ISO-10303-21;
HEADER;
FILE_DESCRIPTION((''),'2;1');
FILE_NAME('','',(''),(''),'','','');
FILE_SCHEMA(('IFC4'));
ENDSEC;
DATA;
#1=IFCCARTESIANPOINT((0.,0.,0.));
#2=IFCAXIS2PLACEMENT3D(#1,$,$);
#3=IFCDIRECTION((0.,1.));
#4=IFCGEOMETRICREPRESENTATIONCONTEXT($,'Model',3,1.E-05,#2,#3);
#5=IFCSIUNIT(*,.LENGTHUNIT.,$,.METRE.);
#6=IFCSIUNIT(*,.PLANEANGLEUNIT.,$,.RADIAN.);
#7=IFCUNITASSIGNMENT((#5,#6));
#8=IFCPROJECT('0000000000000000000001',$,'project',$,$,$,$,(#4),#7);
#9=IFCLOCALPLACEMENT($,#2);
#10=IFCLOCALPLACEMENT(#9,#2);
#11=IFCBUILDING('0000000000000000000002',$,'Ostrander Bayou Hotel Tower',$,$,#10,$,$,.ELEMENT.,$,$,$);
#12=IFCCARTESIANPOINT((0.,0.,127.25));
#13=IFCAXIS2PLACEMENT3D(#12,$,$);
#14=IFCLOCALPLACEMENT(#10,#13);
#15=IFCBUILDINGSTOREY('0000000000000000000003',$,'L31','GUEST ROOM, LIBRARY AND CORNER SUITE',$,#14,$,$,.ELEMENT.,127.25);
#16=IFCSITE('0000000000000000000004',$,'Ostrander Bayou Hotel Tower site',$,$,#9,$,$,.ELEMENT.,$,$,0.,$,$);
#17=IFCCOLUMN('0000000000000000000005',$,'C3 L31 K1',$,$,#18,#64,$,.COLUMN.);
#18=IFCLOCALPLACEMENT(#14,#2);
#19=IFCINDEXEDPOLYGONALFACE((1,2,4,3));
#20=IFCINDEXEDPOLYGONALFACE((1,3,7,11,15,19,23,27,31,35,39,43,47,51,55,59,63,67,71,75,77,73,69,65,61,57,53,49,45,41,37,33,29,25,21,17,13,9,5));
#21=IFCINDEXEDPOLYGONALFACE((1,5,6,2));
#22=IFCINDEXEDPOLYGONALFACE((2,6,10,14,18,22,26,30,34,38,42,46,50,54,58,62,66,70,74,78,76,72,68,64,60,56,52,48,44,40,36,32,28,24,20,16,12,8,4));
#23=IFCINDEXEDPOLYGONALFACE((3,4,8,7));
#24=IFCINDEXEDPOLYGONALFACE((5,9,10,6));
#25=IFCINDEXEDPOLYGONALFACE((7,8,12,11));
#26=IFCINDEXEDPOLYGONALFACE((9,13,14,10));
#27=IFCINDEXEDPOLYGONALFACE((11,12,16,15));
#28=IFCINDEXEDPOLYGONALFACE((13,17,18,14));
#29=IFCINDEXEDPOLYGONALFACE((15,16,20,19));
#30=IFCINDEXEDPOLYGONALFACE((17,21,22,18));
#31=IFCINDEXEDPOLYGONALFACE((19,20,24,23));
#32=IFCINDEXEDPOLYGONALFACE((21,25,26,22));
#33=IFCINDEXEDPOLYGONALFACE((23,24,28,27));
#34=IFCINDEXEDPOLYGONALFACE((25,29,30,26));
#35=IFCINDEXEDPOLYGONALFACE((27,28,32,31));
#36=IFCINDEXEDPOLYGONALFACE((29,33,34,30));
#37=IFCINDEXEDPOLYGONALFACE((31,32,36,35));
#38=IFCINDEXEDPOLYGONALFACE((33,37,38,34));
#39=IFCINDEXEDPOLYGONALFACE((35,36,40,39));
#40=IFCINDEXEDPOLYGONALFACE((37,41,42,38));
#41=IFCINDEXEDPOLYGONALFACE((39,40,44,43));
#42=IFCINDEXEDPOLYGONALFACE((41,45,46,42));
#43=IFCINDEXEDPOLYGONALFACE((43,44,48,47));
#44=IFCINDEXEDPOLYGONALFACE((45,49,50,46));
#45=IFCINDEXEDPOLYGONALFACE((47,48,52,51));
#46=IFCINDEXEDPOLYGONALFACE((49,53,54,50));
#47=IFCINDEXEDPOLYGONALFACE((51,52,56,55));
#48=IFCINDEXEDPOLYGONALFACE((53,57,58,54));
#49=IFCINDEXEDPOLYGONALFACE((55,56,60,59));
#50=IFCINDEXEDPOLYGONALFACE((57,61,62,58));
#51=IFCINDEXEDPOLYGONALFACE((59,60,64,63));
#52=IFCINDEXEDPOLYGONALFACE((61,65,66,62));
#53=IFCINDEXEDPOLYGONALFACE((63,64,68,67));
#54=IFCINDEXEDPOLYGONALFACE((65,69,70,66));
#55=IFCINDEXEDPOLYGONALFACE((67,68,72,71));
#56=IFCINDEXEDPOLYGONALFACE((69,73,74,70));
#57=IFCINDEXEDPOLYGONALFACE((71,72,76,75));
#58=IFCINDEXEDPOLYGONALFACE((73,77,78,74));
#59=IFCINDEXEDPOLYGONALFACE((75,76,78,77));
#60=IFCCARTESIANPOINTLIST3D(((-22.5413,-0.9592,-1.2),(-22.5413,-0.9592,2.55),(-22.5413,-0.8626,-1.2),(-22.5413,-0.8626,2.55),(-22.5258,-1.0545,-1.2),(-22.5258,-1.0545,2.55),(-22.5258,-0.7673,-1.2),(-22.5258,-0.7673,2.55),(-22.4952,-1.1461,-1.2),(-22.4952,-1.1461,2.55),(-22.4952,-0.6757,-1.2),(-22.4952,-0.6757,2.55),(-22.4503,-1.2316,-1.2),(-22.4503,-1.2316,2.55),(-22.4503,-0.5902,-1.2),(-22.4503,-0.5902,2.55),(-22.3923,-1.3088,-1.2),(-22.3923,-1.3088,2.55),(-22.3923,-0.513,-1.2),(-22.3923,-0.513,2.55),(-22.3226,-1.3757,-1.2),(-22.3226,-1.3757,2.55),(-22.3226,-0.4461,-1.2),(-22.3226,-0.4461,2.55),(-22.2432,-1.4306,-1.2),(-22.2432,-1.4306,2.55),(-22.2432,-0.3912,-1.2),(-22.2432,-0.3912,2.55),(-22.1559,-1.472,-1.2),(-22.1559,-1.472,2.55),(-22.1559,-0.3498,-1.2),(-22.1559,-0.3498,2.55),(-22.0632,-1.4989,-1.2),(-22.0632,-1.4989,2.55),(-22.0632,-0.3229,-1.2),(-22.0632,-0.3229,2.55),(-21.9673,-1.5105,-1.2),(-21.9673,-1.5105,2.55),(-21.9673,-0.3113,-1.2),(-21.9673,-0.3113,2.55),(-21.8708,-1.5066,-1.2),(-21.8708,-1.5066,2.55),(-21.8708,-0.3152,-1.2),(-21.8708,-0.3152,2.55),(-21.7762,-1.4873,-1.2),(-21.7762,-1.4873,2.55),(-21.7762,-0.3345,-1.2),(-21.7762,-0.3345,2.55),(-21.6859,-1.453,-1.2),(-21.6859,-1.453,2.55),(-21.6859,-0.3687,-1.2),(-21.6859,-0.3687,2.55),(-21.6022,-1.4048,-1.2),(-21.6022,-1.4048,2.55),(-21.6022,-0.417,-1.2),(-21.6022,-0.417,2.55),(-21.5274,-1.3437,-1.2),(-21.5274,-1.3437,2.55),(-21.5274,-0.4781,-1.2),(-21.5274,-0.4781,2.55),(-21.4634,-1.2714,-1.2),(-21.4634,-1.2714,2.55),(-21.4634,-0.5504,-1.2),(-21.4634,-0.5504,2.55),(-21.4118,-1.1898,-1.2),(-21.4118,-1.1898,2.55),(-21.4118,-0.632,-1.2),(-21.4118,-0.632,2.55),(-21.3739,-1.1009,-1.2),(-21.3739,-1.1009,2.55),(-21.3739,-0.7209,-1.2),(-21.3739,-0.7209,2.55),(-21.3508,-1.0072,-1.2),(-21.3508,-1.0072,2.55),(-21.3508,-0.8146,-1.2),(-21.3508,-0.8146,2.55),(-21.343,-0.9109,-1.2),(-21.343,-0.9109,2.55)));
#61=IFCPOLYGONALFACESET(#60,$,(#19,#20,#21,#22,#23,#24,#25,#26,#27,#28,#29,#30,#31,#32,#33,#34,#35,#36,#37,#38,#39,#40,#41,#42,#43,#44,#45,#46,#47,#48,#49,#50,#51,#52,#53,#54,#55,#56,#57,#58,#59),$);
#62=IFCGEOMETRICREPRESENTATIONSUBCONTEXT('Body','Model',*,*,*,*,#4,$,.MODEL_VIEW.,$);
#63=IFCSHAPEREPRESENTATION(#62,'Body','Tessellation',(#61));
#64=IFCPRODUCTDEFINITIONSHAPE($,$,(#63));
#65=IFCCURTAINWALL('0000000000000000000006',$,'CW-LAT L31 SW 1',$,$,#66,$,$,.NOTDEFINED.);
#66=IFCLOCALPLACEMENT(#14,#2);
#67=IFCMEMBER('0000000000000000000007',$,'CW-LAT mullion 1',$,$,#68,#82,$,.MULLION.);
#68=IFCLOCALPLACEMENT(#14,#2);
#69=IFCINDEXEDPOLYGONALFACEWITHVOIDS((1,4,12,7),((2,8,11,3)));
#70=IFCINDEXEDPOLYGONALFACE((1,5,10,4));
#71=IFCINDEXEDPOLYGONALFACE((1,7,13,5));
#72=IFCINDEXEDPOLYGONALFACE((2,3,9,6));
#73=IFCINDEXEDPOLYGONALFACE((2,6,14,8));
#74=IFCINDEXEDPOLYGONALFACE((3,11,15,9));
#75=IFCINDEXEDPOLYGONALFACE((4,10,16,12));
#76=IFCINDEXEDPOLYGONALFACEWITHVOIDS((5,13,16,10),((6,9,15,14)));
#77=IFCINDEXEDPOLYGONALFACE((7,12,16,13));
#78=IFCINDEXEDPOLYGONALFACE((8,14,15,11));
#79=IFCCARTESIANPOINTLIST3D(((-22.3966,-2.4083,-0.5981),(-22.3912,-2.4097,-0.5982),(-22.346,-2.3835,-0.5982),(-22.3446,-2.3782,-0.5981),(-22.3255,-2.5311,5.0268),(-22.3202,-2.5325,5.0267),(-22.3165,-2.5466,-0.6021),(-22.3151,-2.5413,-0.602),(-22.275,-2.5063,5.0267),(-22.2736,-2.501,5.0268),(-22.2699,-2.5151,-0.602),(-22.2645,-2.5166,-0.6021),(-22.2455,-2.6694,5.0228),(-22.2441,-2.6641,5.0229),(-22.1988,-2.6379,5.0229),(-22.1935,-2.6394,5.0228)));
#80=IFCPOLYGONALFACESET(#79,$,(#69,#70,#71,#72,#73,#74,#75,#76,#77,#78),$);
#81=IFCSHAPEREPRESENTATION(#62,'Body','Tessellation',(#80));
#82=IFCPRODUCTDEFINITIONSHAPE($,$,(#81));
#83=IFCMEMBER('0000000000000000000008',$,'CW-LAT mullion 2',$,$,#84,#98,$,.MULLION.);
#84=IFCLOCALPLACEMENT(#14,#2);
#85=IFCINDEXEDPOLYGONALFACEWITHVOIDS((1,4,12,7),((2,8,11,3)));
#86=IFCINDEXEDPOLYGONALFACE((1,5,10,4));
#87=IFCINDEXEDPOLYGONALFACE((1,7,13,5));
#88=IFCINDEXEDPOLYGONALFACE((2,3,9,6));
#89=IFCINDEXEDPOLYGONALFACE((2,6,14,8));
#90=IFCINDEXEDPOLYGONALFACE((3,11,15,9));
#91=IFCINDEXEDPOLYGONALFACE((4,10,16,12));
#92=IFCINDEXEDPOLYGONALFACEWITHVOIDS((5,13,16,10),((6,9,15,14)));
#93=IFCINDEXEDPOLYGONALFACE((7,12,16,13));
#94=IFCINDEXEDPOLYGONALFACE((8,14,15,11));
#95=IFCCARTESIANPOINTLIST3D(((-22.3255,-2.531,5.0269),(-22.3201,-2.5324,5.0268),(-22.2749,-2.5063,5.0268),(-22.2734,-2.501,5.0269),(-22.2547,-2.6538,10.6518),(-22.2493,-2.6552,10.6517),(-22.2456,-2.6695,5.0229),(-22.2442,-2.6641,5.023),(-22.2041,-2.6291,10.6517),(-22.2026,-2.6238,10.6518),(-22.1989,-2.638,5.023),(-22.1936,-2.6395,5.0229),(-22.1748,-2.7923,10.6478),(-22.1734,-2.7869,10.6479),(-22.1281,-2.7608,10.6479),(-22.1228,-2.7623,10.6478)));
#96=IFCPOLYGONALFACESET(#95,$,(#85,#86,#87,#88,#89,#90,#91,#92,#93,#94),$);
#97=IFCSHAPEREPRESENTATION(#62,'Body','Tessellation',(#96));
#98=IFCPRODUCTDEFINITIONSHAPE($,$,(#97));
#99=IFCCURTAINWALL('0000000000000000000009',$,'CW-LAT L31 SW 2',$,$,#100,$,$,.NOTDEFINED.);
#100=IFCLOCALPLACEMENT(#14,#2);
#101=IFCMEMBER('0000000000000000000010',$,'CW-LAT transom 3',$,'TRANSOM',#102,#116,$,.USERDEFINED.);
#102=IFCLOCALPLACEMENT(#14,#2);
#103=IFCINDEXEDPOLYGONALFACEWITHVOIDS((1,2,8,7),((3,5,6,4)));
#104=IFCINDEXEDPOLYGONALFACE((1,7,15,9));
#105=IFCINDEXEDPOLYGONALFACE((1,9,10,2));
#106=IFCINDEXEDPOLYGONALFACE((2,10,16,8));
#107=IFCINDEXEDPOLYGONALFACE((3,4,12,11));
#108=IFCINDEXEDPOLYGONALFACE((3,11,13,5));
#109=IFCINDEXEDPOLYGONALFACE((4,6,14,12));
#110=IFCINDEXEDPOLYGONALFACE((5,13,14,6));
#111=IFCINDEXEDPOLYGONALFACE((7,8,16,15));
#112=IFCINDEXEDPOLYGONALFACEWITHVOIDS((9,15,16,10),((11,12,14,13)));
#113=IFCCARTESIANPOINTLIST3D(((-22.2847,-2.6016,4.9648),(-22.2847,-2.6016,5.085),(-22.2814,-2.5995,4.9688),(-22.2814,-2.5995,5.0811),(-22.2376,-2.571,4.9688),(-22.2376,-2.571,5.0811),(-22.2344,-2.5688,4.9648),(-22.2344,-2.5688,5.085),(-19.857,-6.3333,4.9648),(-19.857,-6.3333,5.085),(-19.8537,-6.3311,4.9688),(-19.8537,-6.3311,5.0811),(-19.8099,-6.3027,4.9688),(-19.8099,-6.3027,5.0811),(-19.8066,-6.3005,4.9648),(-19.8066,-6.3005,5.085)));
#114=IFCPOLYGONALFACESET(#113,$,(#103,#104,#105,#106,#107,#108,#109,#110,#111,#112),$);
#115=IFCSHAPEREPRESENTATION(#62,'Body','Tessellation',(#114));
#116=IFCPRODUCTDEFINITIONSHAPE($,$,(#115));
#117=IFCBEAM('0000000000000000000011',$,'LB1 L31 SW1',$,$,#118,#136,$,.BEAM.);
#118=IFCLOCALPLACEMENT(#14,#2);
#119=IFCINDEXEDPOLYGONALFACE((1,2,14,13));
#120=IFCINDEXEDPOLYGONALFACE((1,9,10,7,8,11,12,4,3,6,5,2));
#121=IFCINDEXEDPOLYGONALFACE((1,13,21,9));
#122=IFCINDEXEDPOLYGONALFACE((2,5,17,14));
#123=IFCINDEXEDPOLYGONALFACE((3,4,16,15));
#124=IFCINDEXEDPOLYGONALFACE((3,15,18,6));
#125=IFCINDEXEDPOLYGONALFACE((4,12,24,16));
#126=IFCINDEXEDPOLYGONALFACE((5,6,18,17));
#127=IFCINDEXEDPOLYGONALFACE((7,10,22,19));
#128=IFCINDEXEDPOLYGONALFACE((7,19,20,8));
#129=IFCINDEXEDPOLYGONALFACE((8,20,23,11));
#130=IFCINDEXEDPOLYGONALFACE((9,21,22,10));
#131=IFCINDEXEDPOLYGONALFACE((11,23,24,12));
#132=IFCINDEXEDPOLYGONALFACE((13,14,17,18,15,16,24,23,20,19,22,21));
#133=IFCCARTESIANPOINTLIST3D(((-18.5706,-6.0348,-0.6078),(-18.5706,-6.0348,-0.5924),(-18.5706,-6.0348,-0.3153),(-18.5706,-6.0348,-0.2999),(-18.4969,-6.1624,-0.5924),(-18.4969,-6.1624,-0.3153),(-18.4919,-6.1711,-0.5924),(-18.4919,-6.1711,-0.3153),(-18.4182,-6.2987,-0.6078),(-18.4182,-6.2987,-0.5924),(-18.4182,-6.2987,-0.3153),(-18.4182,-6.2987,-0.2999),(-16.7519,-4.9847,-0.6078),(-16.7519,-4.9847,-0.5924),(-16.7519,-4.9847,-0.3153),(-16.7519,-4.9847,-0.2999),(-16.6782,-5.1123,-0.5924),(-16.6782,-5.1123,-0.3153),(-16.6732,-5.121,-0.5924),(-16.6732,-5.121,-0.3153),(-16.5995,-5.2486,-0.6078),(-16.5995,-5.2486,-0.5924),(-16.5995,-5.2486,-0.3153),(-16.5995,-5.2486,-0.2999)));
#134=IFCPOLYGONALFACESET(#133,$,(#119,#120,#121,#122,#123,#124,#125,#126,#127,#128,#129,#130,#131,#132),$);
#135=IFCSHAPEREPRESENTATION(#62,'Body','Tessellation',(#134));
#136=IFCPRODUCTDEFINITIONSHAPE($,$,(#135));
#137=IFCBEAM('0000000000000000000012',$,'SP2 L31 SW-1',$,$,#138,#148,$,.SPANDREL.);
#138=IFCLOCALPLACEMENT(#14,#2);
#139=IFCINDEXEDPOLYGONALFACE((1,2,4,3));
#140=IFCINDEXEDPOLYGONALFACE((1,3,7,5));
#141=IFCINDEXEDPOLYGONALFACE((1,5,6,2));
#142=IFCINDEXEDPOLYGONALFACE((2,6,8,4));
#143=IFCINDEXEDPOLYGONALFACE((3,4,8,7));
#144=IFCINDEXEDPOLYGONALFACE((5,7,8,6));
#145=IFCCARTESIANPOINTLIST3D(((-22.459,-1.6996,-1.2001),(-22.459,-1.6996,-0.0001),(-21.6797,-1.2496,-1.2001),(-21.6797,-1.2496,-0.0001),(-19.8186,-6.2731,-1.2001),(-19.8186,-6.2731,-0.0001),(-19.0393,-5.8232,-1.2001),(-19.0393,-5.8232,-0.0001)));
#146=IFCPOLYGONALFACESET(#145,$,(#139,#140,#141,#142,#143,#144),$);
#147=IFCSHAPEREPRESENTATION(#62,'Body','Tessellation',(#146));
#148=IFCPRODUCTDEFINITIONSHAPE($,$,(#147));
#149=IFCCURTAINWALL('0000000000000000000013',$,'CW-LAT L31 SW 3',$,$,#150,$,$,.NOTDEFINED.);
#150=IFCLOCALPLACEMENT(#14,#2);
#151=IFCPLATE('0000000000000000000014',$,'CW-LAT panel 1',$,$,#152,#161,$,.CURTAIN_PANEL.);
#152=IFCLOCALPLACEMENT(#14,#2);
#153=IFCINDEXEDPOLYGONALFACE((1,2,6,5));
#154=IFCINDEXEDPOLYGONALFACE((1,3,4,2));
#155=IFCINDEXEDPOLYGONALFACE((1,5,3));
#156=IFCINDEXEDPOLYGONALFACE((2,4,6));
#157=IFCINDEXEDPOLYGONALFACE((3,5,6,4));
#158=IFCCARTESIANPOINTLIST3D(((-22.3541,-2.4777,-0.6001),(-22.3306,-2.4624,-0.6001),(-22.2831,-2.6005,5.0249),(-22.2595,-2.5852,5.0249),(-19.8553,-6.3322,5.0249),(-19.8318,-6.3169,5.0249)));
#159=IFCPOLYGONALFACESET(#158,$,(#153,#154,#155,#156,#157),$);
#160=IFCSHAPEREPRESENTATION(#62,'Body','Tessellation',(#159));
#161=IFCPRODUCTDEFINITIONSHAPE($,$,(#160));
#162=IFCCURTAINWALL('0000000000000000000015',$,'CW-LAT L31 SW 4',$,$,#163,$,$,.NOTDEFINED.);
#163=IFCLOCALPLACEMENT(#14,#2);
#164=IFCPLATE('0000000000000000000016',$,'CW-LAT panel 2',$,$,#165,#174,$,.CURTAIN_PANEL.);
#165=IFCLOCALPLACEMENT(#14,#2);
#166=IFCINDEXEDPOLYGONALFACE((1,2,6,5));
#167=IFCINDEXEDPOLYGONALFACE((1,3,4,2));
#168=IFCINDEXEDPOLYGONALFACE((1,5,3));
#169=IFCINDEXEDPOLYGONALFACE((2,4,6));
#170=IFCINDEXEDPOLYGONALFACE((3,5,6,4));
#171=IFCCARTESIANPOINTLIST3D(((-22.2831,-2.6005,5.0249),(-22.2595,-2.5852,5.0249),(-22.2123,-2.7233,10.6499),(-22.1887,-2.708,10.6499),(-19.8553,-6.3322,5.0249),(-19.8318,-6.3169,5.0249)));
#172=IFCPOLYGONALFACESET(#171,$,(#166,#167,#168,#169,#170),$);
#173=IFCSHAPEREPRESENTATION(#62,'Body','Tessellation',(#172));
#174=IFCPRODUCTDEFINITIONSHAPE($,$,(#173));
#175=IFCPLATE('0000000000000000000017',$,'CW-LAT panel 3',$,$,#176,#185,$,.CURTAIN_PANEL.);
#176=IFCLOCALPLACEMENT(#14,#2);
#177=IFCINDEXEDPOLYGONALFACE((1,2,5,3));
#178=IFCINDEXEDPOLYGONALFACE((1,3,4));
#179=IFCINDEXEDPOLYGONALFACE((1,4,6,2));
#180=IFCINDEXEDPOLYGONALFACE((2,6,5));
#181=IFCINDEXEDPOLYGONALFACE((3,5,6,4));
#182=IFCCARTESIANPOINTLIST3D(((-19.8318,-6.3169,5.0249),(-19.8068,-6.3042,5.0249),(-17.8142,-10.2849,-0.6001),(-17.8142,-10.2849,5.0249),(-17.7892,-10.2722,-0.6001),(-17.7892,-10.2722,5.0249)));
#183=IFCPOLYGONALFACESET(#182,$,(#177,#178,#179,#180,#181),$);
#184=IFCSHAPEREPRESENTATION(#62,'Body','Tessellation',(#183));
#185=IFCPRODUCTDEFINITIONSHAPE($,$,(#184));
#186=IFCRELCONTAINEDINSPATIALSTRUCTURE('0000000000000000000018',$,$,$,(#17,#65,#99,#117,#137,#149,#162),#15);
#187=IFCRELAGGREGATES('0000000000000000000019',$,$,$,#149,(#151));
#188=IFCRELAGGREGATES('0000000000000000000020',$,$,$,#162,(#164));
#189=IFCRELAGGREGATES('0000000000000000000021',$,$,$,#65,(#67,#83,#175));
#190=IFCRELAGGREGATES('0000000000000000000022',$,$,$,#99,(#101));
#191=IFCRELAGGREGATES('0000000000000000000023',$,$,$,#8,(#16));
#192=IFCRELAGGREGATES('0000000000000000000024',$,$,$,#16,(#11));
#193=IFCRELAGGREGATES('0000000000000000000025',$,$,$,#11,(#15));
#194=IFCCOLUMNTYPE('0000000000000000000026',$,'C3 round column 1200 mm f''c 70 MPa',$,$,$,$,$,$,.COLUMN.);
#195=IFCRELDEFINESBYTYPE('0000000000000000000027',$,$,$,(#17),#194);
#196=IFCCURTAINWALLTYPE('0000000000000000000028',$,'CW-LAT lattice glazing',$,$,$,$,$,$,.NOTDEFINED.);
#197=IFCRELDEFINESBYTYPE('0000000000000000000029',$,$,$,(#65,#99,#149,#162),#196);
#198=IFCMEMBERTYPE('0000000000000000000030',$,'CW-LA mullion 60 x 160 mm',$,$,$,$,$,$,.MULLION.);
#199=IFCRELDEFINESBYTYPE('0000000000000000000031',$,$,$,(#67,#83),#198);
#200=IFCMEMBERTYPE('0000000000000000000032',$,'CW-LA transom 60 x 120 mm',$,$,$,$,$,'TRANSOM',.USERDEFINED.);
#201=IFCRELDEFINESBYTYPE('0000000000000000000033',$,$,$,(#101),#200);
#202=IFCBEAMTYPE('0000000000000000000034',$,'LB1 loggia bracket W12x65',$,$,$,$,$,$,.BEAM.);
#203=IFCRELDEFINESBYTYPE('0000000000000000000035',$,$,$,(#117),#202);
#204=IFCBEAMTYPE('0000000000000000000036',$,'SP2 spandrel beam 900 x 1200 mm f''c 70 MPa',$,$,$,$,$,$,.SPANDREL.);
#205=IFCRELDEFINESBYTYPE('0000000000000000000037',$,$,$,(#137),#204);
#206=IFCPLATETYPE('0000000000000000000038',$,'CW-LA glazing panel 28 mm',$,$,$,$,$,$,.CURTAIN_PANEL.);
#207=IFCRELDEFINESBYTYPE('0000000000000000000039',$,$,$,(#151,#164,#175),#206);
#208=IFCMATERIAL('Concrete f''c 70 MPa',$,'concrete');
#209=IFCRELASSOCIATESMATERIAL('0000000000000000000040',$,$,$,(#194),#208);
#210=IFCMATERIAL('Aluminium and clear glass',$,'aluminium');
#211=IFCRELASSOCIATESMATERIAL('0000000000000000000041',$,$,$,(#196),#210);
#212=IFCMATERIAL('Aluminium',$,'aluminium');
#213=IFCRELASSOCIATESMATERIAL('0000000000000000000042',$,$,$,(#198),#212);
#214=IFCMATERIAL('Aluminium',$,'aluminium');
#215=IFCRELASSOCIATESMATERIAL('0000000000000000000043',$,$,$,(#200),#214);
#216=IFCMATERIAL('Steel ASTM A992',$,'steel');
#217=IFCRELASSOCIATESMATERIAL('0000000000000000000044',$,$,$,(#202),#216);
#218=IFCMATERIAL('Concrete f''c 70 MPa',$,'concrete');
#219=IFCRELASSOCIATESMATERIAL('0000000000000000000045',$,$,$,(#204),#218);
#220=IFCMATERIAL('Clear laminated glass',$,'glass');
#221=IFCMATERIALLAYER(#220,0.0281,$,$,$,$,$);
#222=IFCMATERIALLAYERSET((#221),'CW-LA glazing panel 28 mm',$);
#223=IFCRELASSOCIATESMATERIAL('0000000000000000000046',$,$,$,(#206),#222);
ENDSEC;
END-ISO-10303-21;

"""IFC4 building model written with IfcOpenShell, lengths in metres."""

from ifc_helpers import new_model, si_unit, direction, frame, origin, origin_2d, place, context, subcontext, project, spatial, polyline, rectangle, hollow_rectangle, circle, i_section, outline, extrude, material, layer, layer_set, material_profile, profile_set, type_object, element, aggregate, save


model = new_model("IFC4")

# Units and contexts
model_context = context("Model", 3, precision=1e-05, world=origin(), true_north=direction((0.0, 1.0)))
body_context = subcontext(model_context, "Body", "Model", "MODEL_VIEW")
ifc_project = project(units=[si_unit("LENGTHUNIT", "METRE"), si_unit("PLANEANGLEUNIT", "RADIAN")], contexts=[model_context])

# Site, building, storey
site_placement = place(None, origin())
site = spatial("IfcSite", under=ifc_project, at=site_placement, Name="Ostrander Bayou Hotel Tower site", CompositionType="ELEMENT", RefElevation=0.0)
building_placement = place(site_placement, origin())
building = spatial("IfcBuilding", under=site, at=building_placement, Name="Ostrander Bayou Hotel Tower", CompositionType="ELEMENT")
storey_placement = place(building_placement, frame((0.0, 0.0, 127.25)))
storey = spatial("IfcBuildingStorey", under=building, at=storey_placement, Name="L31", Description="GUEST ROOM, LIBRARY AND CORNER SUITE", CompositionType="ELEMENT", Elevation=127.25)

# Column
ifc_material_1 = material(Name="Concrete f'c 70 MPa", Category="concrete")
ifc_material_profile_1 = material_profile(ifc_material_1, circle(Radius=0.6001, at=origin_2d()))
ifc_profile_set_1 = profile_set([ifc_material_profile_1], Name="Concrete f'c 70 MPa")
column_type = type_object("IfcColumnType", Name="C3 round column 1200 mm f'c 70 MPa", PredefinedType="COLUMN", material=ifc_profile_set_1)
column_placement = place(storey_placement, frame((-21.9431, -0.9109, -1.2), z_axis=(0.0, 0.0, 1.0), x_axis=(1.0, 0.0, 0.0)))
element("IfcColumn", 1, at=column_placement, inside=storey, type_object=column_type, Name="C3 L31 K1", PredefinedType="COLUMN", context=body_context, shape_type="SweptSolid", body=[
    extrude(circle(Radius=0.6001, at=origin_2d()), origin(), (0.0, 0.0, 1.0), 3.75),
])

# Curtain wall, members
ifc_material_2 = material(Name="Aluminium and clear glass", Category="aluminium")
curtain_wall_type = type_object("IfcCurtainWallType", Name="CW-LAT lattice glazing", PredefinedType="NOTDEFINED", material=ifc_material_2)
curtain_wall_1_placement = place(storey_placement, origin())
curtain_wall_1 = element("IfcCurtainWall", 2, at=curtain_wall_1_placement, inside=storey, type_object=curtain_wall_type, Name="CW-LAT L31 SW 1", PredefinedType="NOTDEFINED")
ifc_material_3 = material(Name="Aluminium", Category="aluminium")
ifc_material_profile_2 = material_profile(ifc_material_3, hollow_rectangle(XDim=0.0601, YDim=0.1599, WallThickness=0.0039, at=origin_2d()))
ifc_profile_set_2 = profile_set([ifc_material_profile_2], Name="Aluminium")
member_type_1 = type_object("IfcMemberType", Name="CW-LA mullion 60 x 160 mm", PredefinedType="MULLION", material=ifc_profile_set_2)
member_1_placement = place(storey_placement, frame((-22.3306, -2.4624, -0.6001), z_axis=(0.012626, -0.021825, 0.999682), x_axis=(0.865583, 0.500765, 0.0)))
member_1 = element("IfcMember", 3, at=member_1_placement, type_object=member_type_1, Name="CW-LAT mullion 1", PredefinedType="MULLION", context=body_context, shape_type="SweptSolid", body=[
    extrude(hollow_rectangle(XDim=0.0601, YDim=0.1599, WallThickness=0.0039, at=origin_2d()), origin(), (0.0, 0.0, 1.0), 5.6267),
])
member_2_placement = place(storey_placement, frame((-22.2595, -2.5852, 5.0249), z_axis=(0.012583, -0.021825, 0.999683), x_axis=(0.866329, 0.499474, 0.0)))
member_2 = element("IfcMember", 4, at=member_2_placement, type_object=member_type_1, Name="CW-LAT mullion 2", PredefinedType="MULLION", context=body_context, shape_type="SweptSolid", body=[
    extrude(hollow_rectangle(XDim=0.0601, YDim=0.1599, WallThickness=0.0039, at=origin_2d()), origin(), (0.0, 0.0, 1.0), 5.6267),
])

# Curtain wall, member
curtain_wall_2_placement = place(storey_placement, origin())
curtain_wall_2 = element("IfcCurtainWall", 5, at=curtain_wall_2_placement, inside=storey, type_object=curtain_wall_type, Name="CW-LAT L31 SW 2", PredefinedType="NOTDEFINED")
ifc_material_4 = material(Name="Aluminium", Category="aluminium")
ifc_material_profile_3 = material_profile(ifc_material_4, hollow_rectangle(XDim=0.0601, YDim=0.1201, WallThickness=0.0039, at=origin_2d()))
ifc_profile_set_3 = profile_set([ifc_material_profile_3], Name="Aluminium")
member_type_2 = type_object("IfcMemberType", Name="CW-LA transom 60 x 120 mm", ElementType="TRANSOM", PredefinedType="USERDEFINED", material=ifc_profile_set_3)
member_3_placement = place(storey_placement, frame((-22.2595, -2.5852, 5.0249), z_axis=(0.545326, -0.838224, 0.0), x_axis=(0.838224, 0.545326, 0.0)))
member_3 = element("IfcMember", 6, at=member_3_placement, type_object=member_type_2, Name="CW-LAT transom 3", ObjectType="TRANSOM", PredefinedType="USERDEFINED", context=body_context, shape_type="SweptSolid", body=[
    extrude(hollow_rectangle(XDim=0.0601, YDim=0.1201, WallThickness=0.0039, at=origin_2d()), origin(), (0.0, 0.0, 1.0), 4.4519),
])

# Beams
ifc_material_5 = material(Name="Steel ASTM A992", Category="steel")
ifc_material_profile_4 = material_profile(ifc_material_5, i_section(OverallWidth=0.3047, OverallDepth=0.3079, WebThickness=0.01, FlangeThickness=0.0154, at=origin_2d()))
ifc_profile_set_4 = profile_set([ifc_material_profile_4], Name="Steel ASTM A992")
beam_type_1 = type_object("IfcBeamType", Name="LB1 loggia bracket W12x65", PredefinedType="BEAM", material=ifc_profile_set_4)
beam_1_placement = place(storey_placement, frame((-18.4944, -6.1667, -0.4539), z_axis=(0.866009, 0.500028, 0.0), x_axis=(-0.500028, 0.866009, 0.0)))
element("IfcBeam", 7, at=beam_1_placement, inside=storey, type_object=beam_type_1, Name="LB1 L31 SW1", PredefinedType="BEAM", context=body_context, shape_type="SweptSolid", body=[
    extrude(i_section(OverallWidth=0.3047, OverallDepth=0.3079, WebThickness=0.01, FlangeThickness=0.0154, at=origin_2d()), origin(), (0.0, 0.0, 1.0), 2.1001),
])
ifc_material_6 = material(Name="Concrete f'c 70 MPa", Category="concrete")
ifc_material_profile_5 = material_profile(ifc_material_6, rectangle(XDim=0.8999, YDim=1.2, at=origin_2d()))
ifc_profile_set_5 = profile_set([ifc_material_profile_5], Name="Concrete f'c 70 MPa")
beam_type_2 = type_object("IfcBeamType", Name="SP2 spandrel beam 900 x 1200 mm f'c 70 MPa", PredefinedType="SPANDREL", material=ifc_profile_set_5)
beam_2_placement = place(storey_placement, frame((-22.0693, -1.4746, -0.6001), z_axis=(0.499983, -0.866035, 0.0), x_axis=(0.866035, 0.499983, 0.0)))
element("IfcBeam", 8, at=beam_2_placement, inside=storey, type_object=beam_type_2, Name="SP2 L31 SW-1", PredefinedType="SPANDREL", context=body_context, shape_type="SweptSolid", body=[
    extrude(rectangle(XDim=0.8999, YDim=1.2, at=origin_2d()), origin(), (0.0, 0.0, 1.0), 5.281),
])

# Curtain walls, plates
curtain_wall_3_placement = place(storey_placement, origin())
curtain_wall_3 = element("IfcCurtainWall", 9, at=curtain_wall_3_placement, inside=storey, type_object=curtain_wall_type, Name="CW-LAT L31 SW 3", PredefinedType="NOTDEFINED")
ifc_material_7 = material(Name="Clear laminated glass", Category="glass")
ifc_layer_1 = layer(ifc_material_7, 0.0281)
ifc_layer_set_1 = layer_set([ifc_layer_1], Name="CW-LA glazing panel 28 mm")
plate_type = type_object("IfcPlateType", Name="CW-LA glazing panel 28 mm", PredefinedType="CURTAIN_PANEL", material=ifc_layer_set_1)
plate_1_placement = place(storey_placement, frame((-19.8318, -6.3169, 5.0249), z_axis=(0.838224, 0.545325, 0.001318), x_axis=(-0.344073, 0.53075, -0.774543)))
plate_1 = element("IfcPlate", 10, at=plate_1_placement, type_object=plate_type, Name="CW-LAT panel 1", PredefinedType="CURTAIN_PANEL", context=body_context, shape_type="SweptSolid", body=[
    extrude(outline(polyline([(0.0, 0.0), (7.2623, 0.0), (2.8159, 3.4482), (0.0, 0.0)])), origin(), (0.0, 0.0, -1.0), 0.0281),
])
aggregate(curtain_wall_3, [plate_1])
curtain_wall_4_placement = place(storey_placement, origin())
curtain_wall_4 = element("IfcCurtainWall", 11, at=curtain_wall_4_placement, inside=storey, type_object=curtain_wall_type, Name="CW-LAT L31 SW 4", PredefinedType="NOTDEFINED")
plate_2_placement = place(storey_placement, frame((-19.8318, -6.3169, 5.0249), z_axis=(0.838224, 0.545325, 0.001355), x_axis=(-0.33259, 0.509255, 0.793752)))
plate_2 = element("IfcPlate", 12, at=plate_2_placement, type_object=plate_type, Name="CW-LAT panel 2", PredefinedType="CURTAIN_PANEL", context=body_context, shape_type="SweptSolid", body=[
    extrude(outline(polyline([(0.0, 0.0), (7.0866, 0.0), (2.7078, -3.5337), (0.0, 0.0)])), origin(), (0.0, 0.0, -1.0), 0.0281),
])
aggregate(curtain_wall_4, [plate_2])

# Plate
plate_3_placement = place(storey_placement, frame((-19.8318, -6.3169, 5.0249), z_axis=(-0.89139, -0.453236, 0.0), x_axis=(0.281262, -0.553164, -0.784157)))
plate_3 = element("IfcPlate", 13, at=plate_3_placement, type_object=plate_type, Name="CW-LAT panel 3", PredefinedType="CURTAIN_PANEL", context=body_context, shape_type="SweptSolid", body=[
    extrude(outline(polyline([(0.0, 0.0), (7.1733, 0.0), (2.7624, 3.4907), (0.0, 0.0)])), origin(), (0.0, 0.0, -1.0), 0.0281),
])
aggregate(curtain_wall_1, [member_1, member_2, plate_3])
aggregate(curtain_wall_2, [member_3])

save(model, "model.ifc")
